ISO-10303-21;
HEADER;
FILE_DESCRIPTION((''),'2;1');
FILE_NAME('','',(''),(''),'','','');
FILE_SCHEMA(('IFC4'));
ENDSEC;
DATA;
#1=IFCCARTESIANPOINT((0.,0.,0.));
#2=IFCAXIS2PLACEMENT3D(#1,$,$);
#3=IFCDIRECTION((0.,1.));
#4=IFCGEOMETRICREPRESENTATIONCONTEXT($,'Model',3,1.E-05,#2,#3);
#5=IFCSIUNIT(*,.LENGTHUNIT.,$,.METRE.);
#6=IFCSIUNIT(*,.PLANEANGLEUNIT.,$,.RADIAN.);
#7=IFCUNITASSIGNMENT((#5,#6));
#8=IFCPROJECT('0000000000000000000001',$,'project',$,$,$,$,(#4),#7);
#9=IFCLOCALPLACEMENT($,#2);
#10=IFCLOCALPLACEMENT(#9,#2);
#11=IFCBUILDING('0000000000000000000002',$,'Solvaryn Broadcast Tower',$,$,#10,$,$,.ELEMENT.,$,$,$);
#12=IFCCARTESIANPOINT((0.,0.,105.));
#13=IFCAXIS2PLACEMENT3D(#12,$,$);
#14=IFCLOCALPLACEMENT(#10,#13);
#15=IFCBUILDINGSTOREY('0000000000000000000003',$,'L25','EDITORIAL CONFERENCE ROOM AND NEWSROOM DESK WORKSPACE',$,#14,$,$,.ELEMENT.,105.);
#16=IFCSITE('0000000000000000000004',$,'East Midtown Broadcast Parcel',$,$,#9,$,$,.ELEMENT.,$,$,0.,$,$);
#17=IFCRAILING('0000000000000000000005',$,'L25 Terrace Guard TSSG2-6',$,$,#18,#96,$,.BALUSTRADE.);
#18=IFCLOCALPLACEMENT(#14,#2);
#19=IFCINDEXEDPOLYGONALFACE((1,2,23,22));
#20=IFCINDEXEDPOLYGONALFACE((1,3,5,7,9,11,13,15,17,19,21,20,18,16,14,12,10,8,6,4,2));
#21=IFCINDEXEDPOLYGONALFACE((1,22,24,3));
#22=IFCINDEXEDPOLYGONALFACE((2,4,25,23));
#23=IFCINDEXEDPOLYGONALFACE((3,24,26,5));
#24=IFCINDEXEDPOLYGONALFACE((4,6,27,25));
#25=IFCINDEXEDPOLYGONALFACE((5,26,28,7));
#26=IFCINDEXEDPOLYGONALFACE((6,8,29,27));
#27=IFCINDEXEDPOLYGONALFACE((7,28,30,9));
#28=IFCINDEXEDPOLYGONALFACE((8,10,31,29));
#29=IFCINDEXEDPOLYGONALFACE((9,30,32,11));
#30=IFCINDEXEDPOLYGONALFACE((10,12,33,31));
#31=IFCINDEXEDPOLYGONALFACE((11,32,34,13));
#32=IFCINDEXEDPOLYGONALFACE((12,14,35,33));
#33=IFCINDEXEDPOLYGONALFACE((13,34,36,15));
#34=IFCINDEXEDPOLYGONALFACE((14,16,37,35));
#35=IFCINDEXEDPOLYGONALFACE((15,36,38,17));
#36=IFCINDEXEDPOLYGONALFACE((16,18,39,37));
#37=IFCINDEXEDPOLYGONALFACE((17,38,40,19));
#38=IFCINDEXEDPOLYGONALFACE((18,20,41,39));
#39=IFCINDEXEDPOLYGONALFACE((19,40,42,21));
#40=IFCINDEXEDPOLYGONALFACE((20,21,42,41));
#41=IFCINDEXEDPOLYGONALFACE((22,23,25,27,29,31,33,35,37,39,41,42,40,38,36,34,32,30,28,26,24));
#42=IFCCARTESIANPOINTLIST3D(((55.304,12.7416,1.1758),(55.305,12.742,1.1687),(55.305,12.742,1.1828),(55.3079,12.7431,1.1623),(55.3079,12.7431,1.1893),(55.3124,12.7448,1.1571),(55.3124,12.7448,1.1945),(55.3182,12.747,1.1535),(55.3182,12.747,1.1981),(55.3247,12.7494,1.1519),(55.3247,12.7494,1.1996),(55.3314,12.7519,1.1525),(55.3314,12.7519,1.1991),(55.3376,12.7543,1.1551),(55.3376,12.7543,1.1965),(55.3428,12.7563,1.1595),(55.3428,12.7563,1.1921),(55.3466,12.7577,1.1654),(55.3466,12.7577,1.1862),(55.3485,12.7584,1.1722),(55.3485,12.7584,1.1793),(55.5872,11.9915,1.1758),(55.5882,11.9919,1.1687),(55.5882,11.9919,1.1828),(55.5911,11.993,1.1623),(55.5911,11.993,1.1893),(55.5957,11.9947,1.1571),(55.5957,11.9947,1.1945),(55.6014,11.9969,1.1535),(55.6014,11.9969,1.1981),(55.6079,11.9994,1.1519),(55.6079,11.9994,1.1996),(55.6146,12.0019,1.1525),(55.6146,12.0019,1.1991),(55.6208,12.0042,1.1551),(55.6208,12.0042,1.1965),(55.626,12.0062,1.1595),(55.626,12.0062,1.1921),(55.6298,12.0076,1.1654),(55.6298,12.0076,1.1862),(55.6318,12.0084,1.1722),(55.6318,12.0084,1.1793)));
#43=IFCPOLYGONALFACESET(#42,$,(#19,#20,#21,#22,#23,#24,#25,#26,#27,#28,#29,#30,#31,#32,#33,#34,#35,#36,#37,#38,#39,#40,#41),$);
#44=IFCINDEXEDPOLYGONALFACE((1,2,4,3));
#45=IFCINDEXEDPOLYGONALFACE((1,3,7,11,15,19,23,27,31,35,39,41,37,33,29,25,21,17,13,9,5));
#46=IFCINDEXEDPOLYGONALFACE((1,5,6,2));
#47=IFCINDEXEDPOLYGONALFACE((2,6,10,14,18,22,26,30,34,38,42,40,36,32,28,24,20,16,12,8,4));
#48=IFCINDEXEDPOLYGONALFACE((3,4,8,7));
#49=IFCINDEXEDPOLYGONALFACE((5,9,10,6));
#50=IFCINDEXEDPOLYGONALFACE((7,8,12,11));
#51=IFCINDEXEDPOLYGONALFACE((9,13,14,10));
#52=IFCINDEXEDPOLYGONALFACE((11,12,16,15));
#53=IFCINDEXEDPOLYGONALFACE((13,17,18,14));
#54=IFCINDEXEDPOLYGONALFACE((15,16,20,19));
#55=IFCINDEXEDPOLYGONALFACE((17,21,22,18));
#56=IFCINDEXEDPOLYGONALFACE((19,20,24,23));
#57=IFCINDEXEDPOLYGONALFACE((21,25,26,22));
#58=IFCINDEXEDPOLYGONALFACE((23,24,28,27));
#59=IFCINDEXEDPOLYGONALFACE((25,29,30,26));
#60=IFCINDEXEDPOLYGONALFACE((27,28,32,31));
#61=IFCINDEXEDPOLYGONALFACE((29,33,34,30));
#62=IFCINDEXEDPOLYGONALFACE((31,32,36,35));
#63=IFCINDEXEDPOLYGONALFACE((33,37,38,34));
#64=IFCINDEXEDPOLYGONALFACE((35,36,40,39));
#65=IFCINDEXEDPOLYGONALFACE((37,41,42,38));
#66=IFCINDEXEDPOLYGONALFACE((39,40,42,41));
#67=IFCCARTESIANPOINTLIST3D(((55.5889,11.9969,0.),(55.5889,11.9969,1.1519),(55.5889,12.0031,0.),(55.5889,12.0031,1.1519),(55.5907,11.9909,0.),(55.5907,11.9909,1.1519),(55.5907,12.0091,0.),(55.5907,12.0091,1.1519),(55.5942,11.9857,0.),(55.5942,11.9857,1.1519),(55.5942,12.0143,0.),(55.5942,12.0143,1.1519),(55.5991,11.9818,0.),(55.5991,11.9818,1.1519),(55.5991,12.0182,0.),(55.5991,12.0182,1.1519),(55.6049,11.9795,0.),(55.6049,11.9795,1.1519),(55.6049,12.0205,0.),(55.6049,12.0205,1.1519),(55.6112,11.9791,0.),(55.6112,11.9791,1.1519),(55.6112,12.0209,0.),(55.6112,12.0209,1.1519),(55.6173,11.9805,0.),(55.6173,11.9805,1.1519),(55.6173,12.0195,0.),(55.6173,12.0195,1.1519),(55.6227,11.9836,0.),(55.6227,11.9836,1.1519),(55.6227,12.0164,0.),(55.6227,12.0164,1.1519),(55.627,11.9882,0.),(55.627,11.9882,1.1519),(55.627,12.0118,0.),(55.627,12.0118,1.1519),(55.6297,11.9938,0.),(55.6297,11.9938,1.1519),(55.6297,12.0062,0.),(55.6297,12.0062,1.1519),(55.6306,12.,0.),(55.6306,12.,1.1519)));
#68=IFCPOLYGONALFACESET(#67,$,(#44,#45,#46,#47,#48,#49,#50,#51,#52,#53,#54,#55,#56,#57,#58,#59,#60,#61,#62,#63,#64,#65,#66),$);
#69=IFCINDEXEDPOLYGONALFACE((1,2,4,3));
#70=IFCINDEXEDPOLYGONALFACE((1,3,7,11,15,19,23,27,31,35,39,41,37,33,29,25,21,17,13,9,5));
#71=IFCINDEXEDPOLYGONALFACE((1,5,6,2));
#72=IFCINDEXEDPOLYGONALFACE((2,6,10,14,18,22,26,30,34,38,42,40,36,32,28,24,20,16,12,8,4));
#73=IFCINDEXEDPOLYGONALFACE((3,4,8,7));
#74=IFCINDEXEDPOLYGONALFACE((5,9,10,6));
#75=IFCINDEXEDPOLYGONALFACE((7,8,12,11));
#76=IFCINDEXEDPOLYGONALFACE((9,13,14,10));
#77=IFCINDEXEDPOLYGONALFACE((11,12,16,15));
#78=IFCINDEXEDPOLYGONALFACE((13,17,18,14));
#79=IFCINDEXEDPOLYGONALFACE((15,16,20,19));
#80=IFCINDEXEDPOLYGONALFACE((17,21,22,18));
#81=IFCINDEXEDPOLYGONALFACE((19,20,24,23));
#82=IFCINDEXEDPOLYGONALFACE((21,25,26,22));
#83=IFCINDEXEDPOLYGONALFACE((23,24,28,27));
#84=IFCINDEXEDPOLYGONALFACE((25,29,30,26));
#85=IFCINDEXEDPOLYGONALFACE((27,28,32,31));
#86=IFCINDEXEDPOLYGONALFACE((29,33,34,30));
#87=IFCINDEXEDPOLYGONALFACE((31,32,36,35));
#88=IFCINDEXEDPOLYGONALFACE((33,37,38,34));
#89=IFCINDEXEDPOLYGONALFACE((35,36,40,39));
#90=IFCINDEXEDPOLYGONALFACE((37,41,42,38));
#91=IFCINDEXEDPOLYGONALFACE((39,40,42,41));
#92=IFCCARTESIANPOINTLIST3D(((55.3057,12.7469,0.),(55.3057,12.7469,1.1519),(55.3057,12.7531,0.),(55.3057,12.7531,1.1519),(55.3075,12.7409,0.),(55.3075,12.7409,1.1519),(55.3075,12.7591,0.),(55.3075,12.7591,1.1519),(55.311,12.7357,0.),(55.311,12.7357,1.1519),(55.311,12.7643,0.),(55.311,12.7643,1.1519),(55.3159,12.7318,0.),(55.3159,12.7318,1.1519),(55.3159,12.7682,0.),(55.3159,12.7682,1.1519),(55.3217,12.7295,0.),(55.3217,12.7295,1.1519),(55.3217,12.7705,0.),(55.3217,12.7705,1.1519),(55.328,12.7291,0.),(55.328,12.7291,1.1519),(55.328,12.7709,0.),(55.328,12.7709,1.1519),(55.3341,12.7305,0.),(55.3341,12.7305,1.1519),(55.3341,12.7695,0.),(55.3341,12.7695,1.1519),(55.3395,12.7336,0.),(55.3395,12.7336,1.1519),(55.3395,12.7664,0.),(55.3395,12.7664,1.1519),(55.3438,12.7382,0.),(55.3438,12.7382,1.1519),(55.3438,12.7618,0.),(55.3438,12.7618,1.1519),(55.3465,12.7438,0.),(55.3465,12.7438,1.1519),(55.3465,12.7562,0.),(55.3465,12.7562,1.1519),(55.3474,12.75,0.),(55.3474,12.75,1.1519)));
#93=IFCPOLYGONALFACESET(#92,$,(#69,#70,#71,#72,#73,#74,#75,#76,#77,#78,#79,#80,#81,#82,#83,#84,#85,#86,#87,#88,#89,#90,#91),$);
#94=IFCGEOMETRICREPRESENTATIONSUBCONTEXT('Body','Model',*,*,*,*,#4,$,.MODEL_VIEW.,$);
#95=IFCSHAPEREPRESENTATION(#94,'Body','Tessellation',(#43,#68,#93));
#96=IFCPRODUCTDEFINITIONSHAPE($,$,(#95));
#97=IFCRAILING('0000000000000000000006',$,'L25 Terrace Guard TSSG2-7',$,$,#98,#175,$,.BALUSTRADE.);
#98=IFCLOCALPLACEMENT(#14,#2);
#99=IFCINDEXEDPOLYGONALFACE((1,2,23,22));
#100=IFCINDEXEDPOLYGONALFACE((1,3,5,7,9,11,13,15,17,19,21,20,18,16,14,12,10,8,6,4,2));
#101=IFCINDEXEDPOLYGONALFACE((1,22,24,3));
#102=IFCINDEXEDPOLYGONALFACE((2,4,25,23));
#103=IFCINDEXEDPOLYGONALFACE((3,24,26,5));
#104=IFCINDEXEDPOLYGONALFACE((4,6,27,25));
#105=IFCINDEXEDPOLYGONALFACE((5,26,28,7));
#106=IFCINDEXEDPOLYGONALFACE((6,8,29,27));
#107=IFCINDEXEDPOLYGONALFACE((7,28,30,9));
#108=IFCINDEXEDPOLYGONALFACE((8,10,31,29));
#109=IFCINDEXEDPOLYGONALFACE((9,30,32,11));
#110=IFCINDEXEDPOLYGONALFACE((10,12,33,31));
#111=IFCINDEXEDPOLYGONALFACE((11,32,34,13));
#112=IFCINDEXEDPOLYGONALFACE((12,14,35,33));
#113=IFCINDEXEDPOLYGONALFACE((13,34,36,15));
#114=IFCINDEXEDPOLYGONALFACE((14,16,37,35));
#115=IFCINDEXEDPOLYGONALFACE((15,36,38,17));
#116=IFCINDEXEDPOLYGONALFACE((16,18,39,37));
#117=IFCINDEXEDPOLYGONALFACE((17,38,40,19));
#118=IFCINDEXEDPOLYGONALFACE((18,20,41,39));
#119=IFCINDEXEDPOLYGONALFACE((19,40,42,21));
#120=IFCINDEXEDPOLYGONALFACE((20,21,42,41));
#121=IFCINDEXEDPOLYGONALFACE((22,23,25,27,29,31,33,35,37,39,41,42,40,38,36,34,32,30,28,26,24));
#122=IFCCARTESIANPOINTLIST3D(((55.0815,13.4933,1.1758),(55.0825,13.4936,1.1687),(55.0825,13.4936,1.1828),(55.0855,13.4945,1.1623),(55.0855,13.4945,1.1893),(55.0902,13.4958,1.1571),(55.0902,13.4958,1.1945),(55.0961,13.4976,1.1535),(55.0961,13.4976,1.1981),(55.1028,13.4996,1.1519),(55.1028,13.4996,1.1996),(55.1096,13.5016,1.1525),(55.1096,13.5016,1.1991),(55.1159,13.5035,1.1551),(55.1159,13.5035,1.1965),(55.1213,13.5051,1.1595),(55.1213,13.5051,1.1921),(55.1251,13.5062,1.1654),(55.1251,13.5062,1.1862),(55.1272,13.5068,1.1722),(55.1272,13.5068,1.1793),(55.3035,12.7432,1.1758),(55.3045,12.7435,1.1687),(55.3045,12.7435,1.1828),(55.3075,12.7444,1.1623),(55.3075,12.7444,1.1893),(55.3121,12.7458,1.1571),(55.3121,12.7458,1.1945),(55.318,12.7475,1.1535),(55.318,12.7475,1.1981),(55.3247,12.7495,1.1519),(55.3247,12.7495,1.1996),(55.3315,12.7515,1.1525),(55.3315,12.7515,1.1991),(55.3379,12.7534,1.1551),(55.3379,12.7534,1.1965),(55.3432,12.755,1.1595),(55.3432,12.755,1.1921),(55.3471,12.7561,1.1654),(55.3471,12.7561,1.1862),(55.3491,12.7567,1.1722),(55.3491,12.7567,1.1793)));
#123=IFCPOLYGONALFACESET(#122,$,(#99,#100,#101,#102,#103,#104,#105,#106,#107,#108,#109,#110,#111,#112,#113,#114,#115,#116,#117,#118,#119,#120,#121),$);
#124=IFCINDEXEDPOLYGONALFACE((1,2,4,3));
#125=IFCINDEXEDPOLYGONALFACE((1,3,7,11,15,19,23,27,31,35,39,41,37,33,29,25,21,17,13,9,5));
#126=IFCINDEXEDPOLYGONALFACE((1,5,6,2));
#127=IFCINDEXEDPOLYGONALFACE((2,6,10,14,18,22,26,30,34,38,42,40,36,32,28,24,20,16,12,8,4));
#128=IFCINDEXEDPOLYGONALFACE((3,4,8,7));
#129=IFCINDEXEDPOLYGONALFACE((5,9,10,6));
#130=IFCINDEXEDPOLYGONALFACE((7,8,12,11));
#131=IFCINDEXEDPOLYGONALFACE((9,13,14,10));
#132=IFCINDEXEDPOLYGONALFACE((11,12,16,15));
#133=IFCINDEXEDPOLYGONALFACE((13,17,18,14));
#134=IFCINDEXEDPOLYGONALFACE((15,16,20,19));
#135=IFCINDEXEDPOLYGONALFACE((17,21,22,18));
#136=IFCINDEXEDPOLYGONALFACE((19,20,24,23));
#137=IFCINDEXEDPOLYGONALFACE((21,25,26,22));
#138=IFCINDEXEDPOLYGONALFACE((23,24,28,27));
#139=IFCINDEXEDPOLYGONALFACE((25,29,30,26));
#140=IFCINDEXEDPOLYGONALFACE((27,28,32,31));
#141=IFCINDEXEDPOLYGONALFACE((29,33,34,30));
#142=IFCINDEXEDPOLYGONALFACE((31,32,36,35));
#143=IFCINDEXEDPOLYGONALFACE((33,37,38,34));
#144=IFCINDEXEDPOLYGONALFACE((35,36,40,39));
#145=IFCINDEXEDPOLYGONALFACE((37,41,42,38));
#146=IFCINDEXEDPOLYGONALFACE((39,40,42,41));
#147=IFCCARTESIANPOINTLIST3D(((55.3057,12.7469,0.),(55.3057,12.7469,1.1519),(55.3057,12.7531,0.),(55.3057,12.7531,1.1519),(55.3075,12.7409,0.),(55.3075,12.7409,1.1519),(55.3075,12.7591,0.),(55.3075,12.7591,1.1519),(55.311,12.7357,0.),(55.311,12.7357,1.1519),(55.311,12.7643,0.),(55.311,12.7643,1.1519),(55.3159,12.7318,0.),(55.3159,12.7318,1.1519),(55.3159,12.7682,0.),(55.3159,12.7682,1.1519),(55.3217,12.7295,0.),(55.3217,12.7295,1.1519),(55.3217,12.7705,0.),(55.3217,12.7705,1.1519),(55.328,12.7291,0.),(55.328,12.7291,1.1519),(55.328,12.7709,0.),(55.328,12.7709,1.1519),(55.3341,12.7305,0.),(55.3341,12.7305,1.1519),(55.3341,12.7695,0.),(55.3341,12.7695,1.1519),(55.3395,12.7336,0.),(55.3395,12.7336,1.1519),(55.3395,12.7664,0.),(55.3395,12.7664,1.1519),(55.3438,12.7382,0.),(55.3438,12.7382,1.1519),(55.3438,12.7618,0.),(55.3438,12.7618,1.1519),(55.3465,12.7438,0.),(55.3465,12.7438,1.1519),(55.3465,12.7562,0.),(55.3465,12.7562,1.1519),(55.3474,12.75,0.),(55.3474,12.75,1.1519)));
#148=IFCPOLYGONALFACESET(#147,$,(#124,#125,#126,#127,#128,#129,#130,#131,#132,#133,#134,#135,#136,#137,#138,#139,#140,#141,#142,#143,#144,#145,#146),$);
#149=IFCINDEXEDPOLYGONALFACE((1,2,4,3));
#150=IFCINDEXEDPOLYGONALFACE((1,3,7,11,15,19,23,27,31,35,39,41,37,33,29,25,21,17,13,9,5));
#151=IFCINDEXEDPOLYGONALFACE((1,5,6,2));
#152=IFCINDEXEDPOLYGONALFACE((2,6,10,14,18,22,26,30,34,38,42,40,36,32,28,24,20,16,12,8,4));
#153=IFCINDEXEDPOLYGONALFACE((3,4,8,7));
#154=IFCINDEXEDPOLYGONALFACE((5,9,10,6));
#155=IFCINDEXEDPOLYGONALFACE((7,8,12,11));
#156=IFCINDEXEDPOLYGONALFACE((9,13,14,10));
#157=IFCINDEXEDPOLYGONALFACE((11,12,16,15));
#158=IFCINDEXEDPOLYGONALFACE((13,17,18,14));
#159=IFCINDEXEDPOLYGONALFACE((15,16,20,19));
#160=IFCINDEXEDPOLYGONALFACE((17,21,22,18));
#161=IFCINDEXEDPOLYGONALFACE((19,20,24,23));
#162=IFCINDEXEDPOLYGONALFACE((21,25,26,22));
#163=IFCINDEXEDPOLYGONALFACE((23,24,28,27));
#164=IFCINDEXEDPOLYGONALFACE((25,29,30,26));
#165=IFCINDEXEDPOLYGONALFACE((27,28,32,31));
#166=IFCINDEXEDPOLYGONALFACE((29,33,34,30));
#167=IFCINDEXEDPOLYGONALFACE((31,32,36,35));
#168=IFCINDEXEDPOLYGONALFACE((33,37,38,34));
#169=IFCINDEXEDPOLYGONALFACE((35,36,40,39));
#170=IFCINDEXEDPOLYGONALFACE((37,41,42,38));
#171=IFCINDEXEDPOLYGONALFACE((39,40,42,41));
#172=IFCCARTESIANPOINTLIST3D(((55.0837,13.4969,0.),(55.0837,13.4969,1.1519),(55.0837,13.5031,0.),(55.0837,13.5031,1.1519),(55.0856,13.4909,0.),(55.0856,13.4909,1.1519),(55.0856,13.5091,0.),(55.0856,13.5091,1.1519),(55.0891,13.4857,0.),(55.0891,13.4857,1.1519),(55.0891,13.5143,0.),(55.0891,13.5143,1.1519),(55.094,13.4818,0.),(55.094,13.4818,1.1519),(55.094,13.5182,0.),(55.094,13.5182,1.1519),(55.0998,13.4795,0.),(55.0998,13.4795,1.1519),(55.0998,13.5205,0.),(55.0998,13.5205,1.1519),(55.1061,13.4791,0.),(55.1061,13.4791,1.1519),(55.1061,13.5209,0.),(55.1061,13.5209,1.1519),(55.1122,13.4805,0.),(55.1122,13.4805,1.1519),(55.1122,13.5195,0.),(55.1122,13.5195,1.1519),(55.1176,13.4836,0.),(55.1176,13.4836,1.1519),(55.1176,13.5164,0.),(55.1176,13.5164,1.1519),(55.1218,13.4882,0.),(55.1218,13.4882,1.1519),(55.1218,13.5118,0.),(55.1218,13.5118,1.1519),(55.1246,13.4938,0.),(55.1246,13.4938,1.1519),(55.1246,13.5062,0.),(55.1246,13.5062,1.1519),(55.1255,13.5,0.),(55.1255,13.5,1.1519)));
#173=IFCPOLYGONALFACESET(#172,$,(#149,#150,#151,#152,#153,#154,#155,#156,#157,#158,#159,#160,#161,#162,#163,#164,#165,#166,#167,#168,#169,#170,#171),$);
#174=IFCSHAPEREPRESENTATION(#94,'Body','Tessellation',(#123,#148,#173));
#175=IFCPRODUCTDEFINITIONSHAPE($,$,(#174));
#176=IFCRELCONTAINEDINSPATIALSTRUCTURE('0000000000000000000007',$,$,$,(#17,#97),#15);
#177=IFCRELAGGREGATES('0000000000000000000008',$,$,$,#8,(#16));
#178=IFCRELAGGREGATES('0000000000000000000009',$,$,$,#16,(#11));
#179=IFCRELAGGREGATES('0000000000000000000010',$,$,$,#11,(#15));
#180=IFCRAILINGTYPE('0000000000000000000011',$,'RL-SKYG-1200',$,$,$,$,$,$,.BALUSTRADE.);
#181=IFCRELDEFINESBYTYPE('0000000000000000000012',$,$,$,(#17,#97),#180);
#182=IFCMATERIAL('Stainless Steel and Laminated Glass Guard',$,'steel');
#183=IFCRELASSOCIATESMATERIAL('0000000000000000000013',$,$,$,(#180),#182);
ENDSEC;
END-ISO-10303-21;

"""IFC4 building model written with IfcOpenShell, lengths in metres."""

from ifc_helpers import new_model, si_unit, direction, frame, origin, origin_2d, place, context, subcontext, project, spatial, circle, extrude, material, type_object, element, save


model = new_model("IFC4")

# Units and contexts
model_context = context("Model", 3, precision=1e-05, world=origin(), true_north=direction((0.0, 1.0)))
body_context = subcontext(model_context, "Body", "Model", "MODEL_VIEW")
ifc_project = project(units=[si_unit("LENGTHUNIT", "METRE"), si_unit("PLANEANGLEUNIT", "RADIAN")], contexts=[model_context])

# Site, building, storey
site_placement = place(None, origin())
site = spatial("IfcSite", under=ifc_project, at=site_placement, Name="East Midtown Broadcast Parcel", CompositionType="ELEMENT", RefElevation=0.0)
building_placement = place(site_placement, origin())
building = spatial("IfcBuilding", under=site, at=building_placement, Name="Solvaryn Broadcast Tower", CompositionType="ELEMENT")
storey_placement = place(building_placement, frame((0.0, 0.0, 105.0)))
storey = spatial("IfcBuildingStorey", under=building, at=storey_placement, Name="L25", Description="EDITORIAL CONFERENCE ROOM AND NEWSROOM DESK WORKSPACE", CompositionType="ELEMENT", Elevation=105.0)

# Railings
ifc_material_1 = material(Name="Stainless Steel and Laminated Glass Guard", Category="steel")
railing_type = type_object("IfcRailingType", Name="RL-SKYG-1200", PredefinedType="BALUSTRADE", material=ifc_material_1)
railing_1_placement = place(storey_placement, frame((55.6096, 12.0, 0.0)))
element("IfcRailing", 1, at=railing_1_placement, inside=storey, type_object=railing_type, Name="L25 Terrace Guard TSSG2-6", PredefinedType="BALUSTRADE", context=body_context, shape_type="SweptSolid", body=[
    extrude(circle(Radius=0.0239, at=origin_2d()), frame((0.0, 0.0, 1.1758), z_axis=(-0.353258, 0.935526, 0.0), x_axis=(-0.935526, -0.353258, 0.0)), (0.0, 0.0, 1.0), 0.8018),
    extrude(circle(Radius=0.021, at=origin_2d()), origin(), (0.0, 0.0, 1.0), 1.1519),
    extrude(circle(Radius=0.021, at=origin_2d()), frame((-0.2832, 0.75, 0.0)), (0.0, 0.0, 1.0), 1.1519),
])
railing_2_placement = place(storey_placement, frame((55.3264, 12.75, 0.0)))
element("IfcRailing", 2, at=railing_2_placement, inside=storey, type_object=railing_type, Name="L25 Terrace Guard TSSG2-7", PredefinedType="BALUSTRADE", context=body_context, shape_type="SweptSolid", body=[
    extrude(circle(Radius=0.0239, at=origin_2d()), frame((0.0, 0.0, 1.1758), z_axis=(-0.283738, 0.958902, 0.0), x_axis=(-0.958902, -0.283738, 0.0)), (0.0, 0.0, 1.0), 0.7822),
    extrude(circle(Radius=0.021, at=origin_2d()), origin(), (0.0, 0.0, 1.0), 1.1519),
    extrude(circle(Radius=0.021, at=origin_2d()), frame((-0.2219, 0.75, 0.0)), (0.0, 0.0, 1.0), 1.1519),
])

save(model, "model.ifc")
